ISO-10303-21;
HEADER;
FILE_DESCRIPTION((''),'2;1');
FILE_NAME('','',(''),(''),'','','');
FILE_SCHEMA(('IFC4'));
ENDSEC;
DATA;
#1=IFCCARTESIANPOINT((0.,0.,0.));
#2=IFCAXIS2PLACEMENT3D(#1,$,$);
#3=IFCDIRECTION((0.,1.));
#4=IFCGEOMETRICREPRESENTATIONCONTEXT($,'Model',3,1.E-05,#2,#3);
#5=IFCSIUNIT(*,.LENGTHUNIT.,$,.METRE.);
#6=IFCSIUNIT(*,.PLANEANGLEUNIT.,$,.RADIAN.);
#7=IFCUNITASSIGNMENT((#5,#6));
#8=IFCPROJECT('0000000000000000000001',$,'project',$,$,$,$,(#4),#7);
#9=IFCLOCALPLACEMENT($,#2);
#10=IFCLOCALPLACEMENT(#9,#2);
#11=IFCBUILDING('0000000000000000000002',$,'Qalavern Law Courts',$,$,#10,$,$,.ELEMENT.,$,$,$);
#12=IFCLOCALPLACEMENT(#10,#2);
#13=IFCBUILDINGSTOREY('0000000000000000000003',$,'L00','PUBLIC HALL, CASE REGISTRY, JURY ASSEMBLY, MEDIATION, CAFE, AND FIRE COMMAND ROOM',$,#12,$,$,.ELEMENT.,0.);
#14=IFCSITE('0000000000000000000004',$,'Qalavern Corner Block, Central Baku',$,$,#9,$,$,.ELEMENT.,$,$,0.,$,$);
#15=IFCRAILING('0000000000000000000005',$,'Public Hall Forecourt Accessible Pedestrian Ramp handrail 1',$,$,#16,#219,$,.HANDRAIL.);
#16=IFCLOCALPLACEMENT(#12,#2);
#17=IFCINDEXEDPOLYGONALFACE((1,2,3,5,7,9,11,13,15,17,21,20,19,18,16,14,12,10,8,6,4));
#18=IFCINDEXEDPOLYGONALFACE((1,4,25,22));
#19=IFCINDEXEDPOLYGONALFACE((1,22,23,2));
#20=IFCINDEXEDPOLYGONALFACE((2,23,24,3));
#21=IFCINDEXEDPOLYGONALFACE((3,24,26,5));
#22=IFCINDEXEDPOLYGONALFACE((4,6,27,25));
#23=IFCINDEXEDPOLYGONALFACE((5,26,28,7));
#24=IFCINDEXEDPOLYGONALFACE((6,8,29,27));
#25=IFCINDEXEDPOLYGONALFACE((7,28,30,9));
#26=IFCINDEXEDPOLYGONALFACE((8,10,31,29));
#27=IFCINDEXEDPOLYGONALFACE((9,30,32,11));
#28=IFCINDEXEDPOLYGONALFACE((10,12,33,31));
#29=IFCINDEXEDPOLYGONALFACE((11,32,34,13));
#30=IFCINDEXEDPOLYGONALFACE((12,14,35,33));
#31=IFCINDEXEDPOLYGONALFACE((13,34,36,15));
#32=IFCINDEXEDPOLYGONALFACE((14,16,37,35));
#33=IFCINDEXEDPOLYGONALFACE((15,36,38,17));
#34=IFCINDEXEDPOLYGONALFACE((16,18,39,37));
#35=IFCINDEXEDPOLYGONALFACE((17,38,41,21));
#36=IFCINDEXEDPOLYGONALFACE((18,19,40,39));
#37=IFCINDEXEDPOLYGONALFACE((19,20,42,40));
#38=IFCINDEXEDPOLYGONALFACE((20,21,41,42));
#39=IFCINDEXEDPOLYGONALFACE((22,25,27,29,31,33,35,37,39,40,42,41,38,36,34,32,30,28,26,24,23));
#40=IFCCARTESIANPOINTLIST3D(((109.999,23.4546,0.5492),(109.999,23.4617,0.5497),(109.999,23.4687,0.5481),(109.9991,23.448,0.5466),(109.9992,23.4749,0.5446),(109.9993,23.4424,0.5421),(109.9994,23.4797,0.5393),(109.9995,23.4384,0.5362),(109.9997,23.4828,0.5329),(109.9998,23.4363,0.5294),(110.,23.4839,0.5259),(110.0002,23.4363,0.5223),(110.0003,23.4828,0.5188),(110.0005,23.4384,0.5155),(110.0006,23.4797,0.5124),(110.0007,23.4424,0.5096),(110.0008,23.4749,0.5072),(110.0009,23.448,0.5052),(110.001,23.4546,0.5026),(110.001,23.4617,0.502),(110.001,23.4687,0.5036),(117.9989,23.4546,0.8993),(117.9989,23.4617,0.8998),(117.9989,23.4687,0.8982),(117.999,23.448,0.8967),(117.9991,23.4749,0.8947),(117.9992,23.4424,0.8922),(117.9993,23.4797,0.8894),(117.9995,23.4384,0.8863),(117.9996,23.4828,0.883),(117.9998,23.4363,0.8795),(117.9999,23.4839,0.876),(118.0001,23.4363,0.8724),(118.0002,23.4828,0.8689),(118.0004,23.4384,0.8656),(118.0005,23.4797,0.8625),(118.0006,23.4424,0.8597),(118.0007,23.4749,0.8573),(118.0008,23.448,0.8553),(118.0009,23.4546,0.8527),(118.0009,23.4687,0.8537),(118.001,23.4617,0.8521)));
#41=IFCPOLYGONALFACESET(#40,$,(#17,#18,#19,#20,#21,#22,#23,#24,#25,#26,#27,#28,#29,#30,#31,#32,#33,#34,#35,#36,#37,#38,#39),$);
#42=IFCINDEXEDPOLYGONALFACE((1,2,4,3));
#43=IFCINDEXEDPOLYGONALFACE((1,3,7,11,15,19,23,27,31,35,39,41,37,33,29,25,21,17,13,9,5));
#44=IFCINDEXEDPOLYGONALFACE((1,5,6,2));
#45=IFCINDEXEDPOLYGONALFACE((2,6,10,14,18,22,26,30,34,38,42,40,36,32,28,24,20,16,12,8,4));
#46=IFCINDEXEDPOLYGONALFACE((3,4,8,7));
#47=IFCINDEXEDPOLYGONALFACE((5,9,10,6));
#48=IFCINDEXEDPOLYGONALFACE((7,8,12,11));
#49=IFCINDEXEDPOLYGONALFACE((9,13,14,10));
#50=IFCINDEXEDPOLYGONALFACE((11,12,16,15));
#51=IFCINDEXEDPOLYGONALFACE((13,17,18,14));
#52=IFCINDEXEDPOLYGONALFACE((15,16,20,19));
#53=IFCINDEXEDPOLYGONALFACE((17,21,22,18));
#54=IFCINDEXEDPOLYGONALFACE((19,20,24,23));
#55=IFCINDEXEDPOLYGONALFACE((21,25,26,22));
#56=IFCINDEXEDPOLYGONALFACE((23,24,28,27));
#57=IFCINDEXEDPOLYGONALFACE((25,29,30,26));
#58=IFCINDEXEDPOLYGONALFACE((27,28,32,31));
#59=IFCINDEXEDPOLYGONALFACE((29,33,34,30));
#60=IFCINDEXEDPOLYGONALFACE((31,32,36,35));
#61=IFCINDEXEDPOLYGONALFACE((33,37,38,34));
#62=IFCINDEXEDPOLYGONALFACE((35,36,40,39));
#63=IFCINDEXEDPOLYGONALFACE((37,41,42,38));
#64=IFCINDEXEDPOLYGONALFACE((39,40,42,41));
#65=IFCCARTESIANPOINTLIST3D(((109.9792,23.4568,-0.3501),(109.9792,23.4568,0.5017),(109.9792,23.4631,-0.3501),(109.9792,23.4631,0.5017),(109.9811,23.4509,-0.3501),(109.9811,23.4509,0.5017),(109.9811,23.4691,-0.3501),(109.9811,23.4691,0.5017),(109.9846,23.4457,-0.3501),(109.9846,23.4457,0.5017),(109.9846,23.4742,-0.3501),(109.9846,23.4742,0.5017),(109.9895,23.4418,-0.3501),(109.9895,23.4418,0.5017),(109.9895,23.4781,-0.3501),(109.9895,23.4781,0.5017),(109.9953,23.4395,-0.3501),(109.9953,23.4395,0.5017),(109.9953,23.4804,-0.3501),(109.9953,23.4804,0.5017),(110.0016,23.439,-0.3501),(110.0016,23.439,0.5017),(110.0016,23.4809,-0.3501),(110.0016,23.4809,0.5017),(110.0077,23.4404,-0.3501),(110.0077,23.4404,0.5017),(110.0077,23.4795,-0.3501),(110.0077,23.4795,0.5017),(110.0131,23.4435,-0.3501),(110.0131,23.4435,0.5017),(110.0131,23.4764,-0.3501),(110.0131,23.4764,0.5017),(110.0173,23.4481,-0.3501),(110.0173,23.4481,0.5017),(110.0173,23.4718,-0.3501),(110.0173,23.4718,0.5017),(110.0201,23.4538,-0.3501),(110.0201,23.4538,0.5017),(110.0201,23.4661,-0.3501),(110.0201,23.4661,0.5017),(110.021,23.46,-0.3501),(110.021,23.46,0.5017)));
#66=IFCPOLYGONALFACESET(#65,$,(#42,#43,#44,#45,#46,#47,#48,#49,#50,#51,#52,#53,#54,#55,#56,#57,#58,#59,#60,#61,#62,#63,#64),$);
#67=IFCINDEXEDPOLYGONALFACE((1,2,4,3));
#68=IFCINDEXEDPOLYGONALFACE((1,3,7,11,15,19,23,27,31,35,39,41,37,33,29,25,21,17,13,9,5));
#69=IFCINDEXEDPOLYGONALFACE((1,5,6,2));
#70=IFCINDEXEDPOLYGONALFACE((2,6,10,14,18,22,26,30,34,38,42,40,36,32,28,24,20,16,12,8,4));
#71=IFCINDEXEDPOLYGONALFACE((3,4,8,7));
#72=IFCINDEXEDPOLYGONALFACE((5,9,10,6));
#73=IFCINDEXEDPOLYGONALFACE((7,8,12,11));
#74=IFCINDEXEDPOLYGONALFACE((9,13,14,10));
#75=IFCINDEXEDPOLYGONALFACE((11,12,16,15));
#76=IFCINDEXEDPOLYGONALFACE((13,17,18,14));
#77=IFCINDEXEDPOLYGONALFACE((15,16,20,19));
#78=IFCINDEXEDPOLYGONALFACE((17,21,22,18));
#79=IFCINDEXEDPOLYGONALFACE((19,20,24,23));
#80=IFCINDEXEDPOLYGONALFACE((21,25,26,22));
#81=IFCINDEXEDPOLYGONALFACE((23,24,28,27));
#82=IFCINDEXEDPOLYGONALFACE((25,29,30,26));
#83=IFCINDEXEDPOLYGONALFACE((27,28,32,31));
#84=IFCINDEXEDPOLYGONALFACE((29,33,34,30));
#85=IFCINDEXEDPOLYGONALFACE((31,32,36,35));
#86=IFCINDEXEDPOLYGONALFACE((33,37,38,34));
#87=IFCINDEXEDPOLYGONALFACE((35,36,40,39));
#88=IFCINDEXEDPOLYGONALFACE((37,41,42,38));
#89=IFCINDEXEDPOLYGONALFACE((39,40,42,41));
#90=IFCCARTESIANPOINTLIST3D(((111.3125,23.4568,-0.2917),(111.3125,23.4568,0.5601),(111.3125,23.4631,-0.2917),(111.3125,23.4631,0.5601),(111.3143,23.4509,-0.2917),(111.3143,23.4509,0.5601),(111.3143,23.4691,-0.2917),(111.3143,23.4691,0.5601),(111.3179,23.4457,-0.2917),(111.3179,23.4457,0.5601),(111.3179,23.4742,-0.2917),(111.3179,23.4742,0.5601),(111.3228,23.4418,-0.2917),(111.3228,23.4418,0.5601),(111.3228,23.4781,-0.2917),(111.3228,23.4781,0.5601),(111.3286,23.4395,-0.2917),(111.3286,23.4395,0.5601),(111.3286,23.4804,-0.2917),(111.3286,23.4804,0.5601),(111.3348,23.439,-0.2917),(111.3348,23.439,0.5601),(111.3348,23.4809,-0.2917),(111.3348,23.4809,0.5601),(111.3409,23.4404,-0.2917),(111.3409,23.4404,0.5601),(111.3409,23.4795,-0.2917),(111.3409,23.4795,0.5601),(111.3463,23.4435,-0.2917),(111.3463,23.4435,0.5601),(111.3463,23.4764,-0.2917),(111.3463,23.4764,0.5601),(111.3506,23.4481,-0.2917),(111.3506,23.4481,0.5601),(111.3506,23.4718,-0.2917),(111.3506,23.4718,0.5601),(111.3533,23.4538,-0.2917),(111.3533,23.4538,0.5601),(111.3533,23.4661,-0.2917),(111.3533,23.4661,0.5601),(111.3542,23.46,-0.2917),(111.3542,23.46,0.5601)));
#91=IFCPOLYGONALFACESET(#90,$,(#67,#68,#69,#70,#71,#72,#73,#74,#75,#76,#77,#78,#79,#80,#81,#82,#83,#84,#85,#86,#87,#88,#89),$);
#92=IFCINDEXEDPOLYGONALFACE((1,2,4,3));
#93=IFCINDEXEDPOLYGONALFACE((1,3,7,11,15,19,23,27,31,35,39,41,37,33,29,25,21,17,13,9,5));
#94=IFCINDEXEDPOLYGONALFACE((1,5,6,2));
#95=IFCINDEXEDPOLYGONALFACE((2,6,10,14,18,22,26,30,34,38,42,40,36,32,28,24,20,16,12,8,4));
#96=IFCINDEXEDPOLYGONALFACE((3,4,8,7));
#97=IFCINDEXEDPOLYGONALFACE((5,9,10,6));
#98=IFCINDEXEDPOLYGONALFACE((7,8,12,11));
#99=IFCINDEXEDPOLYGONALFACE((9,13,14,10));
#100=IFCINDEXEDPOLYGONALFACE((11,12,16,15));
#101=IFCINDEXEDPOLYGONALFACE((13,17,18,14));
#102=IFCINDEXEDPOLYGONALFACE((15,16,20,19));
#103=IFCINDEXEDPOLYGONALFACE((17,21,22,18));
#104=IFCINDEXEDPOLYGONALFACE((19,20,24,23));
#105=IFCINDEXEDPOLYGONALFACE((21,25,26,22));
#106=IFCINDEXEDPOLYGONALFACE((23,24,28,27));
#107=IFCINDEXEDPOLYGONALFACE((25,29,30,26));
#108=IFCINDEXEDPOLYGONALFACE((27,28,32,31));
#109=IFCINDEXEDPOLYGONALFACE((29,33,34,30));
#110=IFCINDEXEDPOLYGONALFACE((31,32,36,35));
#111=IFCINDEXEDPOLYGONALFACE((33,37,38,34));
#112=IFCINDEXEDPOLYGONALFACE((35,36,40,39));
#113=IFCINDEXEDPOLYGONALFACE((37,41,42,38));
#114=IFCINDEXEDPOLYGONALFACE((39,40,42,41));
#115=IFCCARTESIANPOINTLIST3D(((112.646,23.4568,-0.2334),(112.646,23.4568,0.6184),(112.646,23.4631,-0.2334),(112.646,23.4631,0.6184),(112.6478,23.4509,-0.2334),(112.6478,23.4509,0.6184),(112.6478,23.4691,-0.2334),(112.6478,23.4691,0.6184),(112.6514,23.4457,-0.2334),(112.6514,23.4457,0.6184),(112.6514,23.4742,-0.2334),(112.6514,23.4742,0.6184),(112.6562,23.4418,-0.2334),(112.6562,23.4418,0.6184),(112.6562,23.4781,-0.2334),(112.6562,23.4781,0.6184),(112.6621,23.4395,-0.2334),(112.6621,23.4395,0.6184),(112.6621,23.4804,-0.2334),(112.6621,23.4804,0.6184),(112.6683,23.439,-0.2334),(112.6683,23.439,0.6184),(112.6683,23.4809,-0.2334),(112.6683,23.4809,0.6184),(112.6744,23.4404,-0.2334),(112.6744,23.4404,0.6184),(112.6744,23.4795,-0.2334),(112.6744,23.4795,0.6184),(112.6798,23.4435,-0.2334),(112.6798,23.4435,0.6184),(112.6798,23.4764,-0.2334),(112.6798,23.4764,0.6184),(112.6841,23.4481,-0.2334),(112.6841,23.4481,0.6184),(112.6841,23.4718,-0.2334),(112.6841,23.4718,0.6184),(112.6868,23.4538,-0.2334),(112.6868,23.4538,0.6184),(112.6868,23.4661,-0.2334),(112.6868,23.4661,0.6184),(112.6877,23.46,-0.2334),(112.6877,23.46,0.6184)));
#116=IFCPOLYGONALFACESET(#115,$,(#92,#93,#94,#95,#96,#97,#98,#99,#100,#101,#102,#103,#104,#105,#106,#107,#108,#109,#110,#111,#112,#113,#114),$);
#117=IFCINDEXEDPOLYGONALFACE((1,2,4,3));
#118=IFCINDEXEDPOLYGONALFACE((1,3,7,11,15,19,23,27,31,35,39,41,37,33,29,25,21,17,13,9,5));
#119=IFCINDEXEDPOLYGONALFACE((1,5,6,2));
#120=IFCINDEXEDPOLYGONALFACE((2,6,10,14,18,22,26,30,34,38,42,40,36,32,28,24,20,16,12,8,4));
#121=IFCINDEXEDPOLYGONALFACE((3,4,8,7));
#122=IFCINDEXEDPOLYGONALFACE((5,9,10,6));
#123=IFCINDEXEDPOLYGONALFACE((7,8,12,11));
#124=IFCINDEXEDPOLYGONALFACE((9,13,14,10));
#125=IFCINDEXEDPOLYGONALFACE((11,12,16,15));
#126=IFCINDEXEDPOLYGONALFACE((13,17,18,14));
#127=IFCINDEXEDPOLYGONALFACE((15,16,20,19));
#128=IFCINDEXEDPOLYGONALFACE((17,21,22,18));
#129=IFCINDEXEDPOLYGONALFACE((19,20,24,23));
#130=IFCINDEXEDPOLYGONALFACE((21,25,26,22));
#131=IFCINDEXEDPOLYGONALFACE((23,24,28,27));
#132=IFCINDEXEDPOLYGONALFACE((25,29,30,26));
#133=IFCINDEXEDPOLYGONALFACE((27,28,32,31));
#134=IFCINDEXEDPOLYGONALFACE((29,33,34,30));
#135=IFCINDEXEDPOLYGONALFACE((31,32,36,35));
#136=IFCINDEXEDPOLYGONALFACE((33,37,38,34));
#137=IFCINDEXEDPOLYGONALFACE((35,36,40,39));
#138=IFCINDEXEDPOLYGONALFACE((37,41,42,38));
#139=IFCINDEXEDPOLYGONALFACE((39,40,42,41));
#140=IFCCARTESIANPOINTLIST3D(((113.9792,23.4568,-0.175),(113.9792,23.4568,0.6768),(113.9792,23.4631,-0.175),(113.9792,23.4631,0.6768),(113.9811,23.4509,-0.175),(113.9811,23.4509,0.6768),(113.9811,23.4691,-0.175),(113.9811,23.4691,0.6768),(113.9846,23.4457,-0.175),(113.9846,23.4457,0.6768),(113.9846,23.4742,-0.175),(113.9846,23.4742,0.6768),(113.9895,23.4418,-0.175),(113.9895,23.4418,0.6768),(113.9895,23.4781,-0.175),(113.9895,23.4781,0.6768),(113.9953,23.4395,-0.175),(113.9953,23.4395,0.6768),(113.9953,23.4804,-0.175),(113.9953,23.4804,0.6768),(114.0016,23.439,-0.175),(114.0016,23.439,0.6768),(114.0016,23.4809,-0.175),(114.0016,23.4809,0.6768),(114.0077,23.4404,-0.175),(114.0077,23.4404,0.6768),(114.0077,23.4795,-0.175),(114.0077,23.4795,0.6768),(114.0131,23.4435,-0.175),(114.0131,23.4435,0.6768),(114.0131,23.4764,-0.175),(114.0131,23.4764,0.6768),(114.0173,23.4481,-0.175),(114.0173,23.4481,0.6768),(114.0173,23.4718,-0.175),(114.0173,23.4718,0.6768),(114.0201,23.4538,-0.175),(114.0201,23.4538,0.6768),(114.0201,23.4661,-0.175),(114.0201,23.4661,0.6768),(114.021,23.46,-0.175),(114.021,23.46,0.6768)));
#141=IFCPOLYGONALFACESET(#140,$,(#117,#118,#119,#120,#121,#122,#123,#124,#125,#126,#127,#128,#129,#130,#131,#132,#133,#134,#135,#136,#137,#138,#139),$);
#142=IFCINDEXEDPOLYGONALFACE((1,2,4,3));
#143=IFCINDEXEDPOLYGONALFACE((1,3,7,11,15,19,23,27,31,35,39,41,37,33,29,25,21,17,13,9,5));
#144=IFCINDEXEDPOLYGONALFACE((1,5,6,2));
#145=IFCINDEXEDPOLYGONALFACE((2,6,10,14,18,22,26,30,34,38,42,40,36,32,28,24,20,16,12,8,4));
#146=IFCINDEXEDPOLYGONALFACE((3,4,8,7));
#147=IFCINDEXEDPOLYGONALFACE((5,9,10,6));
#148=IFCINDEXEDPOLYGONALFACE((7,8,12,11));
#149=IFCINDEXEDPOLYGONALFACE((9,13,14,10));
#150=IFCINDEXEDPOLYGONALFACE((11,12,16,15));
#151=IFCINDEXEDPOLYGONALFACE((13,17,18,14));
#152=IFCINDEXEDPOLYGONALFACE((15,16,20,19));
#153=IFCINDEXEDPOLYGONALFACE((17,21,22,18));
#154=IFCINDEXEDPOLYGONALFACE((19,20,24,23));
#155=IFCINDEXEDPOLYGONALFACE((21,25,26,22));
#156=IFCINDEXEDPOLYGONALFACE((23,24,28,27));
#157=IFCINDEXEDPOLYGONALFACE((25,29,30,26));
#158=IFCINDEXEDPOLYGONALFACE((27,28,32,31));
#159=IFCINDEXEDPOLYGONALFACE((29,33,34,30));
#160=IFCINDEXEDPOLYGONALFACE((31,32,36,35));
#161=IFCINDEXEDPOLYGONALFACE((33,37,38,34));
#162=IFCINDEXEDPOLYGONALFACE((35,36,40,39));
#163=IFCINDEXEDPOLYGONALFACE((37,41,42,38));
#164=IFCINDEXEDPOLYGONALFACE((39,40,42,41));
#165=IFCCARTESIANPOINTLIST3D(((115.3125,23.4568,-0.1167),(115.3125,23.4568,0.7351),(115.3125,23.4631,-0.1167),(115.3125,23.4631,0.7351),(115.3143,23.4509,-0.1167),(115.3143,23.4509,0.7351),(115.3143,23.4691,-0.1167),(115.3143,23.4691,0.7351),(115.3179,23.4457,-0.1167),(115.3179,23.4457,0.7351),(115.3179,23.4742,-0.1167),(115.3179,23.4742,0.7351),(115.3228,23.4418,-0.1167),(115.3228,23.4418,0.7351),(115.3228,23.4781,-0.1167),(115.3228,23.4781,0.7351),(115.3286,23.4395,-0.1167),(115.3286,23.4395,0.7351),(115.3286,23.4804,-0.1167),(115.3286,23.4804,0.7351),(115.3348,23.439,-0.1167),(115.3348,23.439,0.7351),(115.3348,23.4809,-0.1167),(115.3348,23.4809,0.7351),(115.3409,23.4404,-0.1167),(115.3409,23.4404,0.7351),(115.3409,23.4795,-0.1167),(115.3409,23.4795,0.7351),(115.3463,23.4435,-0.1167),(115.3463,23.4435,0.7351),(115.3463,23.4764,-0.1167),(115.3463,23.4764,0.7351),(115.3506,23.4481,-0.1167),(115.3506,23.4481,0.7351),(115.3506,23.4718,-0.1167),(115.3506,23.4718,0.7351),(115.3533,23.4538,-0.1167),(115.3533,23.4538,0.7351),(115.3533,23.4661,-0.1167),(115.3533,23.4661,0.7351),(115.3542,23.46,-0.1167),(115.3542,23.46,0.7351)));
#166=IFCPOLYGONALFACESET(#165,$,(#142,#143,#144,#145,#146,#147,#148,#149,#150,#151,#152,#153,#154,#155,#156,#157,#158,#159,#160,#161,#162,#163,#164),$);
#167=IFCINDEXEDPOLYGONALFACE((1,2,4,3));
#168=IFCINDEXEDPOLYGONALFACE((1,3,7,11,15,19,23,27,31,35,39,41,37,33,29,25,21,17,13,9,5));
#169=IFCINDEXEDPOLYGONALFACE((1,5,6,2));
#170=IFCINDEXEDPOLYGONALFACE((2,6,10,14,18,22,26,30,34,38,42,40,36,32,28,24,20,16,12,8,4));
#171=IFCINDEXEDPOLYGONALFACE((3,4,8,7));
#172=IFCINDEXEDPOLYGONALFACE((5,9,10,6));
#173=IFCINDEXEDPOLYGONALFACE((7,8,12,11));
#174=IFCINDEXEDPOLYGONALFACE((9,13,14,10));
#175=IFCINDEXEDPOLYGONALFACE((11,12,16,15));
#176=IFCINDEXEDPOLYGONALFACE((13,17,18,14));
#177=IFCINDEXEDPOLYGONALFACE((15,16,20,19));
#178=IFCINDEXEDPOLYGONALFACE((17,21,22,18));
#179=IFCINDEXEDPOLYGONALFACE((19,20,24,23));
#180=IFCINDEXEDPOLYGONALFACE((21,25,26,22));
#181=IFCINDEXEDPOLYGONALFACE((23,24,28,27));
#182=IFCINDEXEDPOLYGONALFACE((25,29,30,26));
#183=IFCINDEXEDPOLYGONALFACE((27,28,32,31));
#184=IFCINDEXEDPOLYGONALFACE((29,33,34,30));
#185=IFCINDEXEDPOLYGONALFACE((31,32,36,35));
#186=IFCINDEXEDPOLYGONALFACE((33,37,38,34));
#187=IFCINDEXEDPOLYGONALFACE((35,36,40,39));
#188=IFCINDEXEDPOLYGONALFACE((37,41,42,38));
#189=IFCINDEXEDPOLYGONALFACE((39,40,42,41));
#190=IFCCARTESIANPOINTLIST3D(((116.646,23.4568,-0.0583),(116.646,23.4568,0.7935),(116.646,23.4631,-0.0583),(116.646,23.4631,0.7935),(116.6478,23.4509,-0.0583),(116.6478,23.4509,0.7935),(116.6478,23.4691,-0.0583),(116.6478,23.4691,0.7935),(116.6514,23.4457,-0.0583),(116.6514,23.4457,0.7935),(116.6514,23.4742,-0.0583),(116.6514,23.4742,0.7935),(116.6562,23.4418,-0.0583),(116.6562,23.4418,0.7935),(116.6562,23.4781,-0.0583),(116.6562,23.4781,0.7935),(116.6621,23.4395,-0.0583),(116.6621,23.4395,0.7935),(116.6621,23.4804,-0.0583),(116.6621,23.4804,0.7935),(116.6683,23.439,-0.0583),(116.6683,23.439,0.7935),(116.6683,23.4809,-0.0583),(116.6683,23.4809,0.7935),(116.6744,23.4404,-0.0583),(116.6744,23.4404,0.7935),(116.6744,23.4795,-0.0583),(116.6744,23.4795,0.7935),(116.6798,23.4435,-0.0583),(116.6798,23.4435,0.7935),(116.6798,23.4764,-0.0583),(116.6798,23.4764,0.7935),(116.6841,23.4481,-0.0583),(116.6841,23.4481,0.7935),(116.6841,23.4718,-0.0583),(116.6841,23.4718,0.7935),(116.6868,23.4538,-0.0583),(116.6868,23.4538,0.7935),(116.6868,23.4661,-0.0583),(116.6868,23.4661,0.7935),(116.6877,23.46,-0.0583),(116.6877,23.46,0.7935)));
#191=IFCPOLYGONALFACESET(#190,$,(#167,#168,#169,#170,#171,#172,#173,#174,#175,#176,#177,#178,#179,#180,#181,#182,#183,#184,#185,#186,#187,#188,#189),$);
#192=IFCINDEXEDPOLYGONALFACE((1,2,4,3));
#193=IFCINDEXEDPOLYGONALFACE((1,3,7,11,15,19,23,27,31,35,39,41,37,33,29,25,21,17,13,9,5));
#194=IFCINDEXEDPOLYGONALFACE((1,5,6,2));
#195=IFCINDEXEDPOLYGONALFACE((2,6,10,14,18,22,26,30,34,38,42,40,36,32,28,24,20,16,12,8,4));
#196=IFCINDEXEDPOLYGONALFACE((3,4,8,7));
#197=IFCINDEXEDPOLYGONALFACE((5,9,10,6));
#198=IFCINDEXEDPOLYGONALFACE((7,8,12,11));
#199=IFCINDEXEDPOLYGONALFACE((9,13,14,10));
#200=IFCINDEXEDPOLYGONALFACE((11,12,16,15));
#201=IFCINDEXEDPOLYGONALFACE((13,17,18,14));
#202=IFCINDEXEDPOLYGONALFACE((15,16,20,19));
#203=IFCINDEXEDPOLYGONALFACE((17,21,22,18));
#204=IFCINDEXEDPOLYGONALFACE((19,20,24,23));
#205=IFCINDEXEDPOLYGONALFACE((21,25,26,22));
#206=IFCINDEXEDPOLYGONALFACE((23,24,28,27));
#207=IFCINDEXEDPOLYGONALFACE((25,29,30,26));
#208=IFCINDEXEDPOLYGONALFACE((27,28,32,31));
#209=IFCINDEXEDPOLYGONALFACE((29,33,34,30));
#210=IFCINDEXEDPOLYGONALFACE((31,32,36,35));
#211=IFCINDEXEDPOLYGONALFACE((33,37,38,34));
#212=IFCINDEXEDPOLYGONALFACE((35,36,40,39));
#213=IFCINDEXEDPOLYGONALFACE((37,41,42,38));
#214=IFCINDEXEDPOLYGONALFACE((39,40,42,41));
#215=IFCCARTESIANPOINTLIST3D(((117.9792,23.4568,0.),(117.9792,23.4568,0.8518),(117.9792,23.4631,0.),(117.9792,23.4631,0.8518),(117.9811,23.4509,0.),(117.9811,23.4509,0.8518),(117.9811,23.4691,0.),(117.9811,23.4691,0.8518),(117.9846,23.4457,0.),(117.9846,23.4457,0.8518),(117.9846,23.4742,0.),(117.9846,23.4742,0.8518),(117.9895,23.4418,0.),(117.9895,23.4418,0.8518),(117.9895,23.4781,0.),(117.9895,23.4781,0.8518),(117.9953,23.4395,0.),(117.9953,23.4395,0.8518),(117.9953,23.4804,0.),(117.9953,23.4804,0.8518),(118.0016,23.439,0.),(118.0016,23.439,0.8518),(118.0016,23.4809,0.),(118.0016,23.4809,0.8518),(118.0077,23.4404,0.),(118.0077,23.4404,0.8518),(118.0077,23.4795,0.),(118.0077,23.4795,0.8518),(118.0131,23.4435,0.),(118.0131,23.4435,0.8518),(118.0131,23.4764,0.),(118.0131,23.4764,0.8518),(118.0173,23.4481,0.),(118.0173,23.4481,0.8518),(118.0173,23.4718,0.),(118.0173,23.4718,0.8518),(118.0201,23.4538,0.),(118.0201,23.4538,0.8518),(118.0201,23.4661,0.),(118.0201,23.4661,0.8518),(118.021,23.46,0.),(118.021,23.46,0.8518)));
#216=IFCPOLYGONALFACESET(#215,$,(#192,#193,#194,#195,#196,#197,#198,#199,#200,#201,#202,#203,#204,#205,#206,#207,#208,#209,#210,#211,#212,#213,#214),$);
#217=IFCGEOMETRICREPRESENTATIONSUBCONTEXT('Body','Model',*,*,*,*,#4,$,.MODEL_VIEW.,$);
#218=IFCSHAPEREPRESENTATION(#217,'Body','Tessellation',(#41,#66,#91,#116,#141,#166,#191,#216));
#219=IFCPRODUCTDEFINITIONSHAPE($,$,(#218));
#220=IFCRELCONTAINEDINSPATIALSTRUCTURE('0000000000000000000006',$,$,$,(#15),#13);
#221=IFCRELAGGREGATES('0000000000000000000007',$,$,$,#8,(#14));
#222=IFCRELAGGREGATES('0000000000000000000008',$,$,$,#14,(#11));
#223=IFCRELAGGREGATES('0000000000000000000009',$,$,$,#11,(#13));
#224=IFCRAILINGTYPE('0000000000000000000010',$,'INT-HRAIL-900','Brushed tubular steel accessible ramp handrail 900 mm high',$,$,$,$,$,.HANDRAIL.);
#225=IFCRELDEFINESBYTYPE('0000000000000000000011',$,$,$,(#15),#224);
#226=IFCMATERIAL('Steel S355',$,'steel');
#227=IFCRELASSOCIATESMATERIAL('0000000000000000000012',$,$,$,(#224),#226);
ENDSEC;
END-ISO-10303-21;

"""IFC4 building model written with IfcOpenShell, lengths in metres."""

from ifc_helpers import new_model, si_unit, direction, frame, origin, origin_2d, place, context, subcontext, project, spatial, circle, extrude, material, type_object, element, save


model = new_model("IFC4")

# Units and contexts
model_context = context("Model", 3, precision=1e-05, world=origin(), true_north=direction((0.0, 1.0)))
body_context = subcontext(model_context, "Body", "Model", "MODEL_VIEW")
ifc_project = project(units=[si_unit("LENGTHUNIT", "METRE"), si_unit("PLANEANGLEUNIT", "RADIAN")], contexts=[model_context])

# Site, building, storey
site_placement = place(None, origin())
site = spatial("IfcSite", under=ifc_project, at=site_placement, Name="Qalavern Corner Block, Central Baku", CompositionType="ELEMENT", RefElevation=0.0)
building_placement = place(site_placement, origin())
building = spatial("IfcBuilding", under=site, at=building_placement, Name="Qalavern Law Courts", CompositionType="ELEMENT")
storey_placement = place(building_placement, origin())
storey = spatial("IfcBuildingStorey", under=building, at=storey_placement, Name="L00", Description="PUBLIC HALL, CASE REGISTRY, JURY ASSEMBLY, MEDIATION, CAFE, AND FIRE COMMAND ROOM", CompositionType="ELEMENT", Elevation=0.0)

# Railing
ifc_material_1 = material(Name="Steel S355", Category="steel")
railing_type = type_object("IfcRailingType", Name="INT-HRAIL-900", Description="Brushed tubular steel accessible ramp handrail 900 mm high", PredefinedType="HANDRAIL", material=ifc_material_1)
for number, where, name in (
    (1, (110.0, 23.46, -0.3501), "Public Hall Forecourt Accessible Pedestrian Ramp handrail 1"),
):
    element("IfcRailing", number, at=place(storey_placement, frame(where)), inside=storey, type_object=railing_type, Name=name, PredefinedType="HANDRAIL", context=body_context, shape_type="SweptSolid", body=[
        extrude(circle(Radius=0.0239, at=origin_2d()), frame((0.0, 0.0, 0.876), z_axis=(0.999044, 0.0, 0.04372), x_axis=(0.0, 1.0, 0.0)), (0.0, 0.0, 1.0), 8.0076),
        extrude(circle(Radius=0.021, at=origin_2d()), origin(), (0.0, 0.0, 1.0), 0.8518),
        extrude(circle(Radius=0.021, at=origin_2d()), frame((1.3333, 0.0, 0.0583)), (0.0, 0.0, 1.0), 0.8518),
        extrude(circle(Radius=0.021, at=origin_2d()), frame((2.6667, 0.0, 0.1167)), (0.0, 0.0, 1.0), 0.8518),
        extrude(circle(Radius=0.021, at=origin_2d()), frame((4.0, 0.0, 0.175)), (0.0, 0.0, 1.0), 0.8518),
        extrude(circle(Radius=0.021, at=origin_2d()), frame((5.3333, 0.0, 0.2334)), (0.0, 0.0, 1.0), 0.8518),
        extrude(circle(Radius=0.021, at=origin_2d()), frame((6.6667, 0.0, 0.2917)), (0.0, 0.0, 1.0), 0.8518),
        extrude(circle(Radius=0.021, at=origin_2d()), frame((8.0, 0.0, 0.3501)), (0.0, 0.0, 1.0), 0.8518),
    ])

save(model, "model.ifc")
